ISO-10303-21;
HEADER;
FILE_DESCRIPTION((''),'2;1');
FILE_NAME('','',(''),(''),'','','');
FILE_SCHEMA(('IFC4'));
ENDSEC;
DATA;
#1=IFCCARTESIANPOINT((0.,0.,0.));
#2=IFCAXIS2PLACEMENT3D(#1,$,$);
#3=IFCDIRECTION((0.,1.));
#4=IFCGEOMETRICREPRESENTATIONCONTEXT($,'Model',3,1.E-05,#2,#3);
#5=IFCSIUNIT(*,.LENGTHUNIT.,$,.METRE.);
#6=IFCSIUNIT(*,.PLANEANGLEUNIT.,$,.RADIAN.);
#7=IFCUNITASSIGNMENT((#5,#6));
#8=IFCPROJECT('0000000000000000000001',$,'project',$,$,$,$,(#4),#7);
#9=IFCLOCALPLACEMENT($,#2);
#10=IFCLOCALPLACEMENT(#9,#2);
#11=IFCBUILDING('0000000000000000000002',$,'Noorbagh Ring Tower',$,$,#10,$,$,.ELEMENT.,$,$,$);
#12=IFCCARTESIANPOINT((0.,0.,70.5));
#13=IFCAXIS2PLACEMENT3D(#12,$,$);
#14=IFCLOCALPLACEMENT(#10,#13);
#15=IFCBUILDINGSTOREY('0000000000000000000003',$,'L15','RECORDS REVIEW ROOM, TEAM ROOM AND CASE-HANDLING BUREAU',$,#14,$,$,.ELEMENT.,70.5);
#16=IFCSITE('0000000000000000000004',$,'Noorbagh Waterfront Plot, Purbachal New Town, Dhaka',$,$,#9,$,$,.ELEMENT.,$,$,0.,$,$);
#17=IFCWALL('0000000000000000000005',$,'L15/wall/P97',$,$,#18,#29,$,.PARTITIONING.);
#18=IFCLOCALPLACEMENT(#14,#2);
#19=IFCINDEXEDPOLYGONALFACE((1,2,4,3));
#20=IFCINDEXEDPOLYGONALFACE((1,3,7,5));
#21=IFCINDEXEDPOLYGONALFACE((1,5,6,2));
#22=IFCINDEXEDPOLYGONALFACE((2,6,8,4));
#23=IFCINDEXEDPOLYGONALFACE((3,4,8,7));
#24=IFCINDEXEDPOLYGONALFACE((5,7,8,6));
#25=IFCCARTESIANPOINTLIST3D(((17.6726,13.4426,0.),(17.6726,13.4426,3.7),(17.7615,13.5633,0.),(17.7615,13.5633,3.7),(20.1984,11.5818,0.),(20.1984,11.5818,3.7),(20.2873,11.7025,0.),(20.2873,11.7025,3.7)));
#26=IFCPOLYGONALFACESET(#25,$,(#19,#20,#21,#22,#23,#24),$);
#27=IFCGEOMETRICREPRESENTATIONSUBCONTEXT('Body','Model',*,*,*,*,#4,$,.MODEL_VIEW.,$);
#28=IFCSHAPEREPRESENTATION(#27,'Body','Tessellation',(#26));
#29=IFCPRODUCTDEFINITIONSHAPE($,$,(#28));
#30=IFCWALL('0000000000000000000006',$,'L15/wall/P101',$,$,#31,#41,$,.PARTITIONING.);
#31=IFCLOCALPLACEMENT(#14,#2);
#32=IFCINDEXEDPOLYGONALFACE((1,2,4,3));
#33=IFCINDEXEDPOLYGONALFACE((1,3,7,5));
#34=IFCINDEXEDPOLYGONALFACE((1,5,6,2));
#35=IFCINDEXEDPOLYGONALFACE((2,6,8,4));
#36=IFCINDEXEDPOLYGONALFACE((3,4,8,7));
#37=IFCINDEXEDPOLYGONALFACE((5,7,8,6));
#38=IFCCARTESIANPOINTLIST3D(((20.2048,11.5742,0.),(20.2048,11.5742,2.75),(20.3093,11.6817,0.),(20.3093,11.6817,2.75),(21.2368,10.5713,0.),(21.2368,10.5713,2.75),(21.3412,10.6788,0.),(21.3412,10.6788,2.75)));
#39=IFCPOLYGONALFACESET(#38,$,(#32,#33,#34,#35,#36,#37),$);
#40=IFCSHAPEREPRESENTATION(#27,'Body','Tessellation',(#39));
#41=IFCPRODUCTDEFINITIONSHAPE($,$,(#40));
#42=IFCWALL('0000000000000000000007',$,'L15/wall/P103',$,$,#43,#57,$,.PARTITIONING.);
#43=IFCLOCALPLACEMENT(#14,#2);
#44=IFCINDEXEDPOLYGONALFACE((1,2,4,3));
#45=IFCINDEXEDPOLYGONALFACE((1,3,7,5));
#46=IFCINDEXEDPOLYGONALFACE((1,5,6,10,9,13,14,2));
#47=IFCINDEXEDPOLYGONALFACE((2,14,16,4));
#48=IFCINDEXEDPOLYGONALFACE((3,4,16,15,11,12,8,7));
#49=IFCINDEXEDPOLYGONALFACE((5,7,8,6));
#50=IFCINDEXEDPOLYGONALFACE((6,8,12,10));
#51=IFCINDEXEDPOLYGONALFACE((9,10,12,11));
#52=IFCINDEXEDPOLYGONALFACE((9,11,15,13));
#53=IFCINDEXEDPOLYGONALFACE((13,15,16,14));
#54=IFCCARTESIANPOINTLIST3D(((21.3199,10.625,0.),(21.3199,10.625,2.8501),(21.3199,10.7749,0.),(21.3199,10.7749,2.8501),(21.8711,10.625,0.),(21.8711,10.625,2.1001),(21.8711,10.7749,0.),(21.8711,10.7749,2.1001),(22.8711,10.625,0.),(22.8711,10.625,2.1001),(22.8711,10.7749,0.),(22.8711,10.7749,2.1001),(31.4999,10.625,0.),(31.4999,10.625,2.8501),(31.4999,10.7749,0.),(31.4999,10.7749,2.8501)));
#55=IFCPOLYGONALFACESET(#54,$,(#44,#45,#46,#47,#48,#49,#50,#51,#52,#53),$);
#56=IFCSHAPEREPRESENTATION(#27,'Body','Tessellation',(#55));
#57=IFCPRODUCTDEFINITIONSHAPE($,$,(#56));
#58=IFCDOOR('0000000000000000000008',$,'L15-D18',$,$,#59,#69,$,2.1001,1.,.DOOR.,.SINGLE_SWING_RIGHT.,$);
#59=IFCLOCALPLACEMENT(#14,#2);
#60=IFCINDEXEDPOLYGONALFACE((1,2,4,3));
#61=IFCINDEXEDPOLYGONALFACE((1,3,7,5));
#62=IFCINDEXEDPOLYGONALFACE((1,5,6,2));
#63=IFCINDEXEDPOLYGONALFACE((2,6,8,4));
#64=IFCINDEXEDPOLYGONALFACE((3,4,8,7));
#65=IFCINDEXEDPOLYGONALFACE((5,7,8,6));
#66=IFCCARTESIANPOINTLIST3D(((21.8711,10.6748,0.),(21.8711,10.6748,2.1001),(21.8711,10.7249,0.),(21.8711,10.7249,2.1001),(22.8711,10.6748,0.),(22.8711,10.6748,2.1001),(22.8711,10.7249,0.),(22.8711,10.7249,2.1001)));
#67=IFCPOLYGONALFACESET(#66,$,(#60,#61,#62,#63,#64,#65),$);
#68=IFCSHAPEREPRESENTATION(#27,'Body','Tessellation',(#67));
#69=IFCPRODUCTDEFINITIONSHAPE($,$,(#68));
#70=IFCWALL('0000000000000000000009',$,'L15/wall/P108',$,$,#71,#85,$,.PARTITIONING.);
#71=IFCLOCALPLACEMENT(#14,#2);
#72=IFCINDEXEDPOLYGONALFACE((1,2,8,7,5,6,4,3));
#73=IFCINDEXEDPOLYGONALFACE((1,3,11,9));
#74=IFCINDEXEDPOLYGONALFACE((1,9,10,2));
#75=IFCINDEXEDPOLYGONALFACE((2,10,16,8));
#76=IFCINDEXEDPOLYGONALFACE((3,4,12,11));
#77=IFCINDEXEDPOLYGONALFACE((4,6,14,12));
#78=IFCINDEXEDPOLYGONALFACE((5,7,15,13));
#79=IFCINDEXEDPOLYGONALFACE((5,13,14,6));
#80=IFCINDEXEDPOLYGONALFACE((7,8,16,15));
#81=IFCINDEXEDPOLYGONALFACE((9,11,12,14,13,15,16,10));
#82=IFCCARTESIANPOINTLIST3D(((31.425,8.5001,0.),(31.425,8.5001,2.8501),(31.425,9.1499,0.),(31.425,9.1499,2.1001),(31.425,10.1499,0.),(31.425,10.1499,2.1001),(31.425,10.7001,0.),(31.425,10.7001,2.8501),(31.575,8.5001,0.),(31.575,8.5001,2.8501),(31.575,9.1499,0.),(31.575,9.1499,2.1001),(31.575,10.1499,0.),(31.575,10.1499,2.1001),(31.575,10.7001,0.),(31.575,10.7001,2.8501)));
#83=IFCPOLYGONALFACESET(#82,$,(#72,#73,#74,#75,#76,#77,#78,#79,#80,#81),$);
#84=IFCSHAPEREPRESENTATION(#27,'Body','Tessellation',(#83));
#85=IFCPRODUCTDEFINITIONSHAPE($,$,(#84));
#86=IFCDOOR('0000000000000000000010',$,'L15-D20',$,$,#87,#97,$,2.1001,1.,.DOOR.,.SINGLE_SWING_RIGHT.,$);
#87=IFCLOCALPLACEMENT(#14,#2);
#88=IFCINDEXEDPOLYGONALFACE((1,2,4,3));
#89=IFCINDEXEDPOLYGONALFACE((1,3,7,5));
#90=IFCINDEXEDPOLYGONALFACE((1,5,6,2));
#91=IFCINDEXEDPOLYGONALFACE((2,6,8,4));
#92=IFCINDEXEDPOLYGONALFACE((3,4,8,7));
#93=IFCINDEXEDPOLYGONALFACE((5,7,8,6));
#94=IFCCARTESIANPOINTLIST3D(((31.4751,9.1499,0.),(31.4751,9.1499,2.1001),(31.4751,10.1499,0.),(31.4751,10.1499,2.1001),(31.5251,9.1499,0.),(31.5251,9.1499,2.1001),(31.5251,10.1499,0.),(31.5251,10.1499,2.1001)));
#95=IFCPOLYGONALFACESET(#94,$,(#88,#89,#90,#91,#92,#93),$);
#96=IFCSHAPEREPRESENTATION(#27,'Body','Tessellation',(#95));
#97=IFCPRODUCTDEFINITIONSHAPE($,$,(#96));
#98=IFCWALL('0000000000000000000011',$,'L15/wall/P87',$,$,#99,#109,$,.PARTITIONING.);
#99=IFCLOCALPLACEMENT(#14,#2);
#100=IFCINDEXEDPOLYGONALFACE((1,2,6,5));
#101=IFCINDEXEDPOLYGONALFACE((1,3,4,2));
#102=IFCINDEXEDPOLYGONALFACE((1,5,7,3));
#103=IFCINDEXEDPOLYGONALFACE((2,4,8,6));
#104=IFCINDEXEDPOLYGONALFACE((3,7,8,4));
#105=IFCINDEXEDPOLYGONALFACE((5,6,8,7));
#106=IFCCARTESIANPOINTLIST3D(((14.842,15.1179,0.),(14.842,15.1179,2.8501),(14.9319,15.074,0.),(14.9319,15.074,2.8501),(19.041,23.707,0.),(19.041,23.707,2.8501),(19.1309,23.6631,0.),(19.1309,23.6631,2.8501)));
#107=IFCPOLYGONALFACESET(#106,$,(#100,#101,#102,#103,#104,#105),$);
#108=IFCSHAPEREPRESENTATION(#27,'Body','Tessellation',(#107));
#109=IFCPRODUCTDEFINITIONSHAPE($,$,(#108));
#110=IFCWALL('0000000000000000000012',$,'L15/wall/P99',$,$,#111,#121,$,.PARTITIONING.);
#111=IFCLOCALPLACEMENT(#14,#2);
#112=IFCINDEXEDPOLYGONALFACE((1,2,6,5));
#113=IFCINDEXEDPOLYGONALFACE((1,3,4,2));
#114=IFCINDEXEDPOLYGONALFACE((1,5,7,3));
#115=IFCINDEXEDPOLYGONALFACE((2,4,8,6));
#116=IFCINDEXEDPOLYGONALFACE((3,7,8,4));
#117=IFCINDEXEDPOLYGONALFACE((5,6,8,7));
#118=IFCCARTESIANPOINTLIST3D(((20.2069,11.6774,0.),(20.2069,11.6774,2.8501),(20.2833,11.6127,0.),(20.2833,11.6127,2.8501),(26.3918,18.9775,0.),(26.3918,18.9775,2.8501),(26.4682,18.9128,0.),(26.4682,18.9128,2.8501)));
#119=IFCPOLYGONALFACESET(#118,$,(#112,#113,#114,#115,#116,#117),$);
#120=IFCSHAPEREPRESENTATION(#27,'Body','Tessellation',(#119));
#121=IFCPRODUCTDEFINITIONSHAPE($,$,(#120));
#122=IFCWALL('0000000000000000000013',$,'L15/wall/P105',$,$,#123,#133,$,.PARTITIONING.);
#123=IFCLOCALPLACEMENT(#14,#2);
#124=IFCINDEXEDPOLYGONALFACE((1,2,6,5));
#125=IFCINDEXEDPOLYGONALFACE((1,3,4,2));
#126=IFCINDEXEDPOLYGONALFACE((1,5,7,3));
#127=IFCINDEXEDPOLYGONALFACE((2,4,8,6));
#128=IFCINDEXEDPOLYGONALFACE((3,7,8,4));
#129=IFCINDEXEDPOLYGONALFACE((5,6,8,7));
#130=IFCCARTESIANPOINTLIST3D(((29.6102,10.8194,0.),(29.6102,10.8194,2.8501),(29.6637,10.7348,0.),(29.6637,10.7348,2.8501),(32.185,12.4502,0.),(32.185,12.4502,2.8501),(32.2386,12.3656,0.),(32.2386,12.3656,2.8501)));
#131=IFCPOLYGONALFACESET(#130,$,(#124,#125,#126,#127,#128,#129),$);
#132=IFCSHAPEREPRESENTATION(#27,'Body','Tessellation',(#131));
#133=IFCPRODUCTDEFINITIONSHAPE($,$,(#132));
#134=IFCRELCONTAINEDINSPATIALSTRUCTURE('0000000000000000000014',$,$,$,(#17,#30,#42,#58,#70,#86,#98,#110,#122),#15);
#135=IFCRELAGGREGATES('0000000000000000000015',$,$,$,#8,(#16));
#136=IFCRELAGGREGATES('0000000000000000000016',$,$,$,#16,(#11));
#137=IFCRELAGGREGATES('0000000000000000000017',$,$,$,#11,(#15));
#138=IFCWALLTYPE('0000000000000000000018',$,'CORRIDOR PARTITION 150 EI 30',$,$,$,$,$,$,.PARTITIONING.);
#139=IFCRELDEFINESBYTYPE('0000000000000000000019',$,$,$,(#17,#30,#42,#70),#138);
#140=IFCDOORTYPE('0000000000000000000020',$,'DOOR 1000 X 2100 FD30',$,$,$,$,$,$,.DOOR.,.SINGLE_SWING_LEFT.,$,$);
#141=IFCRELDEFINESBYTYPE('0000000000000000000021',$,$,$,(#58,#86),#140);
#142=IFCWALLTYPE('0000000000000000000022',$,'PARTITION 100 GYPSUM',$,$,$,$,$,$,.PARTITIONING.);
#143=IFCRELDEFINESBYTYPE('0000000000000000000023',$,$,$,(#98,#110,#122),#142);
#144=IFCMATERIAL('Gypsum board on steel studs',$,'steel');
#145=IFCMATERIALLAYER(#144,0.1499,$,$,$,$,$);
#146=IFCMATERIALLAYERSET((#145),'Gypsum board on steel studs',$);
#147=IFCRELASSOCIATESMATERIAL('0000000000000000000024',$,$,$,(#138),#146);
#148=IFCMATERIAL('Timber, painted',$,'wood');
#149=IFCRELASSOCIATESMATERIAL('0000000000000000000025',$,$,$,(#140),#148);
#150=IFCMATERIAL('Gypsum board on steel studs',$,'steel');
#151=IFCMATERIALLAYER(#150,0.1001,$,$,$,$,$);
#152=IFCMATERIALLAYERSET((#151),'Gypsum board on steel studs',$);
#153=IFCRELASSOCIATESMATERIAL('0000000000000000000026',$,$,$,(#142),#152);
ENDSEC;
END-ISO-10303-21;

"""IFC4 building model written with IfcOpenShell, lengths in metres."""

from ifc_helpers import new_model, si_unit, direction, frame, frame_2d, origin, place, context, subcontext, project, spatial, rectangle, extrude, material, layer, layer_set, type_object, element, fill, save


model = new_model("IFC4")

# Units and contexts
model_context = context("Model", 3, precision=1e-05, world=origin(), true_north=direction((0.0, 1.0)))
body_context = subcontext(model_context, "Body", "Model", "MODEL_VIEW")
ifc_project = project(units=[si_unit("LENGTHUNIT", "METRE"), si_unit("PLANEANGLEUNIT", "RADIAN")], contexts=[model_context])

# Site, building, storey
site_placement = place(None, origin())
site = spatial("IfcSite", under=ifc_project, at=site_placement, Name="Noorbagh Waterfront Plot, Purbachal New Town, Dhaka", CompositionType="ELEMENT", RefElevation=0.0)
building_placement = place(site_placement, origin())
building = spatial("IfcBuilding", under=site, at=building_placement, Name="Noorbagh Ring Tower", CompositionType="ELEMENT")
storey_placement = place(building_placement, frame((0.0, 0.0, 70.5)))
storey = spatial("IfcBuildingStorey", under=building, at=storey_placement, Name="L15", Description="RECORDS REVIEW ROOM, TEAM ROOM AND CASE-HANDLING BUREAU", CompositionType="ELEMENT", Elevation=70.5)

# Shared definitions
ifc_material_1 = material(Name="Gypsum board on steel studs", Category="steel")
ifc_layer_1 = layer(ifc_material_1, 0.1499)
ifc_layer_set_1 = layer_set([ifc_layer_1], Name="Gypsum board on steel studs")
wall_type_1 = type_object("IfcWallType", Name="CORRIDOR PARTITION 150 EI 30", PredefinedType="PARTITIONING", material=ifc_layer_set_1)
ifc_material_2 = material(Name="Timber, painted", Category="wood")
door_type = type_object("IfcDoorType", Name="DOOR 1000 X 2100 FD30", OperationType="SINGLE_SWING_LEFT", PredefinedType="DOOR", material=ifc_material_2)

# Walls
wall_1_placement = place(storey_placement, frame((17.717, 13.5029, 0.0), z_axis=(0.0, 0.0, 1.0), x_axis=(0.805107, -0.59313, 0.0)))
element("IfcWall", 1, at=wall_1_placement, inside=storey, type_object=wall_type_1, Name="L15/wall/P97", PredefinedType="PARTITIONING", context=body_context, shape_type="SweptSolid", body=[
    extrude(rectangle(XDim=3.1372, YDim=0.1499, at=frame_2d((1.5686, 0.0))), origin(), (0.0, 0.0, 1.0), 3.7),
])
wall_2_placement = place(storey_placement, frame((20.2571, 11.6279, 0.0), z_axis=(0.0, 0.0, 1.0), x_axis=(0.717129, -0.69694, 0.0)))
element("IfcWall", 2, at=wall_2_placement, inside=storey, type_object=wall_type_1, Name="L15/wall/P101", PredefinedType="PARTITIONING", context=body_context, shape_type="SweptSolid", body=[
    extrude(rectangle(XDim=1.439, YDim=0.1499, at=frame_2d((0.7195, 0.0))), origin(), (0.0, 0.0, 1.0), 2.75),
])

# Walls, openings, doors
wall_3_placement = place(storey_placement, frame((21.3201, 10.7, 0.0), z_axis=(0.0, 0.0, 1.0), x_axis=(1.0, 0.0, 0.0)))
wall_3 = element("IfcWall", 3, at=wall_3_placement, inside=storey, type_object=wall_type_1, Name="L15/wall/P103", PredefinedType="PARTITIONING", context=body_context, shape_type="SweptSolid", body=[
    extrude(rectangle(XDim=10.1799, YDim=0.1499, at=frame_2d((5.0898, 0.0))), origin(), (0.0, 0.0, 1.0), 2.8501),
])
opening_1_placement = place(wall_3_placement, frame((0.551, 0.0, 0.0)))
opening_1 = element("IfcOpeningElement", 4, at=opening_1_placement, cuts=wall_3, PredefinedType="OPENING", context=body_context, shape_type="SweptSolid", body=[
    extrude(rectangle(XDim=1.0, YDim=2.1001, at=frame_2d((0.5, 1.05))), frame((0.0, 0.085, 0.0), z_axis=(0.0, -1.0, 0.0), x_axis=(1.0, 0.0, 0.0)), (0.0, 0.0, 1.0), 0.1699),
])
door_1_placement = place(opening_1_placement, origin())
door_1 = element("IfcDoor", 5, at=door_1_placement, inside=storey, type_object=door_type, Name="L15-D18", OperationType="SINGLE_SWING_RIGHT", OverallHeight=2.1001, OverallWidth=1.0, PredefinedType="DOOR", context=body_context, shape_type="SweptSolid", body=[
    extrude(rectangle(XDim=1.0, YDim=2.1001, at=frame_2d((0.5, 1.05))), frame((0.0, 0.0249, 0.0), z_axis=(0.0, -1.0, 0.0), x_axis=(1.0, 0.0, 0.0)), (0.0, 0.0, 1.0), 0.05),
])
fill(opening_1, door_1)
wall_4_placement = place(storey_placement, frame((31.5, 8.5, 0.0), z_axis=(0.0, 0.0, 1.0), x_axis=(0.0, 1.0, 0.0)))
wall_4 = element("IfcWall", 6, at=wall_4_placement, inside=storey, type_object=wall_type_1, Name="L15/wall/P108", PredefinedType="PARTITIONING", context=body_context, shape_type="SweptSolid", body=[
    extrude(rectangle(XDim=2.2, YDim=0.1499, at=frame_2d((1.1001, 0.0))), origin(), (0.0, 0.0, 1.0), 2.8501),
])
opening_2_placement = place(wall_4_placement, frame((0.6499, 0.0, 0.0)))
opening_2 = element("IfcOpeningElement", 7, at=opening_2_placement, cuts=wall_4, PredefinedType="OPENING", context=body_context, shape_type="SweptSolid", body=[
    extrude(rectangle(XDim=1.0, YDim=2.1001, at=frame_2d((0.5, 1.05))), frame((0.0, 0.085, 0.0), z_axis=(0.0, -1.0, 0.0), x_axis=(1.0, 0.0, 0.0)), (0.0, 0.0, 1.0), 0.1699),
])
door_2_placement = place(opening_2_placement, origin())
door_2 = element("IfcDoor", 8, at=door_2_placement, inside=storey, type_object=door_type, Name="L15-D20", OperationType="SINGLE_SWING_RIGHT", OverallHeight=2.1001, OverallWidth=1.0, PredefinedType="DOOR", context=body_context, shape_type="SweptSolid", body=[
    extrude(rectangle(XDim=1.0, YDim=2.1001, at=frame_2d((0.5, 1.05))), frame((0.0, 0.0249, 0.0), z_axis=(0.0, -1.0, 0.0), x_axis=(1.0, 0.0, 0.0)), (0.0, 0.0, 1.0), 0.05),
])
fill(opening_2, door_2)

# Walls
ifc_material_3 = material(Name="Gypsum board on steel studs", Category="steel")
ifc_layer_2 = layer(ifc_material_3, 0.1001)
ifc_layer_set_2 = layer_set([ifc_layer_2], Name="Gypsum board on steel studs")
wall_type_2 = type_object("IfcWallType", Name="PARTITION 100 GYPSUM", PredefinedType="PARTITIONING", material=ifc_layer_set_2)
wall_5_placement = place(storey_placement, frame((14.887, 15.0959, 0.0), z_axis=(0.0, 0.0, 1.0), x_axis=(0.439198, 0.89839, 0.0)))
element("IfcWall", 9, at=wall_5_placement, inside=storey, type_object=wall_type_2, Name="L15/wall/P87", PredefinedType="PARTITIONING", context=body_context, shape_type="SweptSolid", body=[
    extrude(rectangle(XDim=9.5605, YDim=0.1001, at=frame_2d((4.7803, 0.0))), origin(), (0.0, 0.0, 1.0), 2.8501),
])
wall_6_placement = place(storey_placement, frame((20.2451, 11.645, 0.0), z_axis=(0.0, 0.0, 1.0), x_axis=(0.64642, 0.762982, 0.0)))
element("IfcWall", 10, at=wall_6_placement, inside=storey, type_object=wall_type_2, Name="L15/wall/P99", PredefinedType="PARTITIONING", context=body_context, shape_type="SweptSolid", body=[
    extrude(rectangle(XDim=9.5679, YDim=0.1001, at=frame_2d((4.7839, 0.0))), origin(), (0.0, 0.0, 1.0), 2.8501),
])
wall_7_placement = place(storey_placement, frame((29.637, 10.7771, 0.0), z_axis=(0.0, 0.0, 1.0), x_axis=(0.844811, 0.535065, 0.0)))
element("IfcWall", 11, at=wall_7_placement, inside=storey, type_object=wall_type_2, Name="L15/wall/P105", PredefinedType="PARTITIONING", context=body_context, shape_type="SweptSolid", body=[
    extrude(rectangle(XDim=3.0479, YDim=0.1001, at=frame_2d((1.5239, 0.0))), origin(), (0.0, 0.0, 1.0), 2.8501),
])

save(model, "model.ifc")
